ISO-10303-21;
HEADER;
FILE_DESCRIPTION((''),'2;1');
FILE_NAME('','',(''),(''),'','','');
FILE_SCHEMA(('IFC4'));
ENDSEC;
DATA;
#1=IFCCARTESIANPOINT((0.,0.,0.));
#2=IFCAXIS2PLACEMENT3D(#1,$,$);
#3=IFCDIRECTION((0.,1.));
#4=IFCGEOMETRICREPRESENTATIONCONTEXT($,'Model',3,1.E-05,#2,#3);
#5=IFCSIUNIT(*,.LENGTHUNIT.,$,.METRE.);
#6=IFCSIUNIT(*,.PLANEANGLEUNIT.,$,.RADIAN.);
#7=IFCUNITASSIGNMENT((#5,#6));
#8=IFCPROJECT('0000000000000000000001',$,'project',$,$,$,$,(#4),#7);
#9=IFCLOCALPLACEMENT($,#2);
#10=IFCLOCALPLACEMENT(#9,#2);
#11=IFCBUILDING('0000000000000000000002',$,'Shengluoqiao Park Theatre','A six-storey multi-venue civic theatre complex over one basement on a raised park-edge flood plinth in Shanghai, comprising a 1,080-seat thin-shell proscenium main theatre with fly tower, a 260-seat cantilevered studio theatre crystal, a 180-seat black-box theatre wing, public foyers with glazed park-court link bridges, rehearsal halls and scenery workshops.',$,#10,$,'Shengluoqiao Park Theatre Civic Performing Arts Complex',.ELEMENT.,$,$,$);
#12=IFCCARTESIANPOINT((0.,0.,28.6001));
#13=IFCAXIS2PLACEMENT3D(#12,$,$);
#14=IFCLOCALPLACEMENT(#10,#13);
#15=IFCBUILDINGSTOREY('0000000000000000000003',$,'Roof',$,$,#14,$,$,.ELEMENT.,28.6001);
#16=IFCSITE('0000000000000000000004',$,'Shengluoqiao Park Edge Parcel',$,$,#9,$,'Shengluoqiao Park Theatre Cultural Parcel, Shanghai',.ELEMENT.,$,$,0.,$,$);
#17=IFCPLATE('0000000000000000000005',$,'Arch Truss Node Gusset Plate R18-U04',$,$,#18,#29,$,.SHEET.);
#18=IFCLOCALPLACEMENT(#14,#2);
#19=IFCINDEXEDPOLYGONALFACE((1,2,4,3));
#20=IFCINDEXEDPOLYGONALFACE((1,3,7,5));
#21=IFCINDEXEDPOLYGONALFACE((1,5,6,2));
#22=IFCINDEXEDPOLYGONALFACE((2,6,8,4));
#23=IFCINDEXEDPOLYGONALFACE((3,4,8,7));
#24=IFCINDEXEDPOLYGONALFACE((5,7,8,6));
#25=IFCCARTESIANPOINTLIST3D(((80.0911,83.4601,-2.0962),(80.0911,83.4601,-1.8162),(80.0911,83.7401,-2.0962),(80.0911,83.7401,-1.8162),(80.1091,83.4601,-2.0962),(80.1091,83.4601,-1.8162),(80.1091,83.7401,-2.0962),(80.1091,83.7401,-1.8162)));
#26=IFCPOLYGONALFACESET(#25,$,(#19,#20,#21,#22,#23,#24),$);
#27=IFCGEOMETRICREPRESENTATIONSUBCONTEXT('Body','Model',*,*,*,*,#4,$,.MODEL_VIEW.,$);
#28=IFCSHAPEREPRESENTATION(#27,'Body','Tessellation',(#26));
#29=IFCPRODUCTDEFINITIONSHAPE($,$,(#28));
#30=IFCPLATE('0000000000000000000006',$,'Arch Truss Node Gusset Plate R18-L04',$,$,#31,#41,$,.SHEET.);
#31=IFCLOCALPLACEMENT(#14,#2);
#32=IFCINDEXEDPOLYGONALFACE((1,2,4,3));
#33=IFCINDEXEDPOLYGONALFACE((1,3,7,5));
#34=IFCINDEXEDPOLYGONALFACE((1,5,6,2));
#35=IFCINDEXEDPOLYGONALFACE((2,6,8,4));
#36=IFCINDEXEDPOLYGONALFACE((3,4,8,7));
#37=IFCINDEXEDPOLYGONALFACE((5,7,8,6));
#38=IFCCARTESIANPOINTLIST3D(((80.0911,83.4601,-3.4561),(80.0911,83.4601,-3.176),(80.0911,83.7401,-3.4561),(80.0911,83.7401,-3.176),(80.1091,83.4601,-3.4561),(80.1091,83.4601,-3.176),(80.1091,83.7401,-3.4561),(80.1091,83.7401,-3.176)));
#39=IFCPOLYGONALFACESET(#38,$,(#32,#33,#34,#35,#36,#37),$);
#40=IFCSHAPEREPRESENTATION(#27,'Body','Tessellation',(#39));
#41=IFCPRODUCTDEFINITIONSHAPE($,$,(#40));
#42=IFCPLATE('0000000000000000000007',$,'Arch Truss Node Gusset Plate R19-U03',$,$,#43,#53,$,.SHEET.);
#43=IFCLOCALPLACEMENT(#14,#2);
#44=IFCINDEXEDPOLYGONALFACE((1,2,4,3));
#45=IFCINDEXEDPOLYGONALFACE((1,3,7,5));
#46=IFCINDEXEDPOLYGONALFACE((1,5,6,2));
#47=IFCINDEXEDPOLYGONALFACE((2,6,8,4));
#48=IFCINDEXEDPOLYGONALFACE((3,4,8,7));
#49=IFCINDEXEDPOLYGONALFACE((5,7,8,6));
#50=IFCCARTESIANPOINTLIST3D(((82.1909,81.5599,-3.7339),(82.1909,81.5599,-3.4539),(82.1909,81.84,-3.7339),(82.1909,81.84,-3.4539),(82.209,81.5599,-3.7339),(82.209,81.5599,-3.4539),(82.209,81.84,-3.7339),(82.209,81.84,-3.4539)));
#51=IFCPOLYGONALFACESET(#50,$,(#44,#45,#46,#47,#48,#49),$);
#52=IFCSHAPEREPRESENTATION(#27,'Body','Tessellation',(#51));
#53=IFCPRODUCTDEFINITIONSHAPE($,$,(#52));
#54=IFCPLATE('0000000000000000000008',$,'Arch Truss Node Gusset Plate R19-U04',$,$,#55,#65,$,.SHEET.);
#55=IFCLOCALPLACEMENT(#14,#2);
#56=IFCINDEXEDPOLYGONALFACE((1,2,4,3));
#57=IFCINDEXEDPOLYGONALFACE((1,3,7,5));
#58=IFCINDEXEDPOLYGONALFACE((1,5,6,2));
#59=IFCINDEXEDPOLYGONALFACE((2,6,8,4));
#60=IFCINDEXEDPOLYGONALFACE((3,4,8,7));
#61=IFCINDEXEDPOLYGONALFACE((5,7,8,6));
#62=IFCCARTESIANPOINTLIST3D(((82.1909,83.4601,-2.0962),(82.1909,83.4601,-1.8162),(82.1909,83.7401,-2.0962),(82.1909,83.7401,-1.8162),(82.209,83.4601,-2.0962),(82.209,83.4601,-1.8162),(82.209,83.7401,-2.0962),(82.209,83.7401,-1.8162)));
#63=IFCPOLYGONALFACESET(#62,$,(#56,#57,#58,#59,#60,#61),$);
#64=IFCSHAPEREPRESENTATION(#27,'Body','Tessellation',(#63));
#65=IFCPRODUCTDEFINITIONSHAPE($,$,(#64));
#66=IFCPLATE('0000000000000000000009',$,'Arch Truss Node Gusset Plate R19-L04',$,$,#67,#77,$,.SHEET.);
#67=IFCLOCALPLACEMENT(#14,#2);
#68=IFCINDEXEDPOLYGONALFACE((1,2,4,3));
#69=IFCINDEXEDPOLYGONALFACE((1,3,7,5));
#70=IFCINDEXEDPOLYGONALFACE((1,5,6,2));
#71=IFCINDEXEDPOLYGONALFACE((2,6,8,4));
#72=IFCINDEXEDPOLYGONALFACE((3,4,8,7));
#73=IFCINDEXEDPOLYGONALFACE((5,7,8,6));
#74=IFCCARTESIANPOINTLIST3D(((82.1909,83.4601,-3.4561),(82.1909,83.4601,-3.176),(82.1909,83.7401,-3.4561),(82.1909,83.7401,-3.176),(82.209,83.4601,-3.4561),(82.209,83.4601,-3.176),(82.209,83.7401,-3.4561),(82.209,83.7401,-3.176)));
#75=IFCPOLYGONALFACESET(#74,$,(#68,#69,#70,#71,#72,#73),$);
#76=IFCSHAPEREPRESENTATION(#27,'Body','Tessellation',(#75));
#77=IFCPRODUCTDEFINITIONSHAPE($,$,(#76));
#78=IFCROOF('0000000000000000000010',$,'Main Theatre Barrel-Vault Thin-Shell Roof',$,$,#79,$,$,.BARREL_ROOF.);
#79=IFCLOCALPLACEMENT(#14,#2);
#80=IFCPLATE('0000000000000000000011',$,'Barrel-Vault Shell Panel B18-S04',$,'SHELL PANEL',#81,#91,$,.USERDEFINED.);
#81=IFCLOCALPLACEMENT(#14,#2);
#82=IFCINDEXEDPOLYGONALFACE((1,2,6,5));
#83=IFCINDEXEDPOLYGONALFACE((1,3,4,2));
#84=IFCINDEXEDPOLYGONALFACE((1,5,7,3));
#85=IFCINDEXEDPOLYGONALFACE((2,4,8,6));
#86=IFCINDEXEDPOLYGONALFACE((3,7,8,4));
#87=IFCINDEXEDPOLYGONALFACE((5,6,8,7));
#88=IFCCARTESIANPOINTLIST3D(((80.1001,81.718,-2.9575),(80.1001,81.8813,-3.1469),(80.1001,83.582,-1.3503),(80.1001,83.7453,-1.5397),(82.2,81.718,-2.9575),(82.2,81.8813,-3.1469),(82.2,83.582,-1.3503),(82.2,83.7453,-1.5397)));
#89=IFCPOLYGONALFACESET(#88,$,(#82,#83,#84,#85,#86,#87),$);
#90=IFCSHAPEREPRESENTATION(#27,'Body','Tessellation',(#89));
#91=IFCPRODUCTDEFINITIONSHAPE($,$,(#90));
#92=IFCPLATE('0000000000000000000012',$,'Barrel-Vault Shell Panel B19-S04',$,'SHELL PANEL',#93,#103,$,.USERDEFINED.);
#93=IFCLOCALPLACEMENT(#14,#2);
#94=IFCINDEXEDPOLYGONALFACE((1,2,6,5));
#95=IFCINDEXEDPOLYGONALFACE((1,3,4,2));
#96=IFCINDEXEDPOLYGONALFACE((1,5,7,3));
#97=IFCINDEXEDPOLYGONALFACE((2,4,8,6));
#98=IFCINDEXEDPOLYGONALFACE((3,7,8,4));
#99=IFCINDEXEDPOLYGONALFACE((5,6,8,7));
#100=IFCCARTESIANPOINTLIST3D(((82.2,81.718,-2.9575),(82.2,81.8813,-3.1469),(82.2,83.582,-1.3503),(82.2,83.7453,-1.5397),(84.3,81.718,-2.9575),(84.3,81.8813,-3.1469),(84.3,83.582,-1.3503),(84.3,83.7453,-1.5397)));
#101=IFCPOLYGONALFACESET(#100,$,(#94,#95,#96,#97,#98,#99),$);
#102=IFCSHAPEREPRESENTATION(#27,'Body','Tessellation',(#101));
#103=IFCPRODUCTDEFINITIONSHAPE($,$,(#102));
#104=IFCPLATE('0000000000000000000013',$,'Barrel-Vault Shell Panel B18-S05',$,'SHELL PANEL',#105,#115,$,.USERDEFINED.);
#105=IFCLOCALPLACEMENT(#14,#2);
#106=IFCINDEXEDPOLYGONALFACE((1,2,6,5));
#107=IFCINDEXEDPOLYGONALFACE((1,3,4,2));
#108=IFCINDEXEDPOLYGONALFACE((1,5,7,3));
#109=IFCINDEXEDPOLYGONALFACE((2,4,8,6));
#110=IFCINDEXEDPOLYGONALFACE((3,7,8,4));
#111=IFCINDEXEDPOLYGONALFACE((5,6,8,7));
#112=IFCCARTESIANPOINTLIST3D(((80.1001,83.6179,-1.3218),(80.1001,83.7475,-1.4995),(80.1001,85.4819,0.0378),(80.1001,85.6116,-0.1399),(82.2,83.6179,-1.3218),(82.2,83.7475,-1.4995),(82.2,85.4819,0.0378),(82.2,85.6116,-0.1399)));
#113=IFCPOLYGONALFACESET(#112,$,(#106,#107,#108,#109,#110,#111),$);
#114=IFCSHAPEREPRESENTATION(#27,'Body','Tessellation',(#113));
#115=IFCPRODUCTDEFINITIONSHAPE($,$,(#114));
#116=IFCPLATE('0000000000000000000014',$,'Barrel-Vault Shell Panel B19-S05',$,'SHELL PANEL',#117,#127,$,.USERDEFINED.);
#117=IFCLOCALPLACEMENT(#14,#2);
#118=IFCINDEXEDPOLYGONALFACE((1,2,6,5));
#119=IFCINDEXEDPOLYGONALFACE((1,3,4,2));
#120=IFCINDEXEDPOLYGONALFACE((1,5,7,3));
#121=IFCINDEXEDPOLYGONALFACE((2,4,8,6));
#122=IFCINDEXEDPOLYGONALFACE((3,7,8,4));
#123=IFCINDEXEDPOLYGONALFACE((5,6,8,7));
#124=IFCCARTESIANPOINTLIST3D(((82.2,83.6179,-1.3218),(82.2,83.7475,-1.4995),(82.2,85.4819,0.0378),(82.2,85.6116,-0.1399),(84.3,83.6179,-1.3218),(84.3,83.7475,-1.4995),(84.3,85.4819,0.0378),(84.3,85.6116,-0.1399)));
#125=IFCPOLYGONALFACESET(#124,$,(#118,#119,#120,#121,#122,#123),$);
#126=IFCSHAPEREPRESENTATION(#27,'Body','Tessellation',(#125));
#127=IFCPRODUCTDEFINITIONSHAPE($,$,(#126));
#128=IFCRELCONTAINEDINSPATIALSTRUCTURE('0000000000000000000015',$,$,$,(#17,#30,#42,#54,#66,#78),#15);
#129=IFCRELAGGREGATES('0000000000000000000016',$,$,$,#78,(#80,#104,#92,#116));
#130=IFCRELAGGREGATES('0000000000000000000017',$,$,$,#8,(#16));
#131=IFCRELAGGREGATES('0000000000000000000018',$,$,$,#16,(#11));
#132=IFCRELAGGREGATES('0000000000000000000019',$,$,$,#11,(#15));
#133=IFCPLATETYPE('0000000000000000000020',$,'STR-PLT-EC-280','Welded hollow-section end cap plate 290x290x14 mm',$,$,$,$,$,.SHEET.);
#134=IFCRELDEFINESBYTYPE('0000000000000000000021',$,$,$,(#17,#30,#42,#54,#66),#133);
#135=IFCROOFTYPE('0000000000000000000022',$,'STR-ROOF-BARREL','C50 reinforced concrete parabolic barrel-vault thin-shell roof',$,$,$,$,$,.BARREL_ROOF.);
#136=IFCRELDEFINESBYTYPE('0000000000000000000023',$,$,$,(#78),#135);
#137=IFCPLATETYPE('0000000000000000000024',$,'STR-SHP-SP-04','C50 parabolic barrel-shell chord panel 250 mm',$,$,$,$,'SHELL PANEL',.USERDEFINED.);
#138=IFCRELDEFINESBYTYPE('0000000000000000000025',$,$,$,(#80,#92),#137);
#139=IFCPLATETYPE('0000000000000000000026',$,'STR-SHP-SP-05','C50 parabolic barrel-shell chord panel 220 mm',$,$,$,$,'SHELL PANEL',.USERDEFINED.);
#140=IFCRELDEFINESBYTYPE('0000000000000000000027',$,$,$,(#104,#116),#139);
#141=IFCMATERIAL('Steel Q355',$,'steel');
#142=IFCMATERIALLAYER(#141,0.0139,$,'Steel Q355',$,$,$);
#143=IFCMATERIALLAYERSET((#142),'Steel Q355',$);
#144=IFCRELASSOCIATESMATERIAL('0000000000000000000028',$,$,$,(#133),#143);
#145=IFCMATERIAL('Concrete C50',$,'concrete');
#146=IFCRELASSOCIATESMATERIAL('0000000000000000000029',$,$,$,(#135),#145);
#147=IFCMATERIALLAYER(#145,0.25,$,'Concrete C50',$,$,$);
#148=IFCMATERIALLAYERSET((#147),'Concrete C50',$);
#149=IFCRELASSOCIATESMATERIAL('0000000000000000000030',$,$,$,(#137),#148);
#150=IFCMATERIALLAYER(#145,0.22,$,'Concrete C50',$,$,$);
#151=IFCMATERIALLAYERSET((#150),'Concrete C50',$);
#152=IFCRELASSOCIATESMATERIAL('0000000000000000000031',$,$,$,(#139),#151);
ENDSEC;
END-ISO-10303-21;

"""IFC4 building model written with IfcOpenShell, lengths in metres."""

from ifc_helpers import new_model, si_unit, direction, frame, origin, origin_2d, place, context, subcontext, project, spatial, polyline, rectangle, outline, extrude, material, layer, layer_set, type_object, element, aggregate, save


model = new_model("IFC4")

# Units and contexts
model_context = context("Model", 3, precision=1e-05, world=origin(), true_north=direction((0.0, 1.0)))
body_context = subcontext(model_context, "Body", "Model", "MODEL_VIEW")
ifc_project = project(units=[si_unit("LENGTHUNIT", "METRE"), si_unit("PLANEANGLEUNIT", "RADIAN")], contexts=[model_context])

# Site, building, storey
site_placement = place(None, origin())
site = spatial("IfcSite", under=ifc_project, at=site_placement, Name="Shengluoqiao Park Edge Parcel", LongName="Shengluoqiao Park Theatre Cultural Parcel, Shanghai", CompositionType="ELEMENT", RefElevation=0.0)
building_placement = place(site_placement, origin())
building = spatial("IfcBuilding", under=site, at=building_placement, Name="Shengluoqiao Park Theatre", Description="A six-storey multi-venue civic theatre complex over one basement on a raised park-edge flood plinth in Shanghai, comprising a 1,080-seat thin-shell proscenium main theatre with fly tower, a 260-seat cantilevered studio theatre crystal, a 180-seat black-box theatre wing, public foyers with glazed park-court link bridges, rehearsal halls and scenery workshops.", LongName="Shengluoqiao Park Theatre Civic Performing Arts Complex", CompositionType="ELEMENT")
storey_placement = place(building_placement, frame((0.0, 0.0, 28.6001)))
storey = spatial("IfcBuildingStorey", under=building, at=storey_placement, Name="Roof", CompositionType="ELEMENT", Elevation=28.6001)

# Shared definitions
ifc_material_1 = material(Name="Concrete C50", Category="concrete")
ifc_material_2 = material(Name="Steel Q355", Category="steel")

# Plates
ifc_layer_1 = layer(ifc_material_2, 0.0139, Name="Steel Q355")
ifc_layer_set_1 = layer_set([ifc_layer_1], Name="Steel Q355")
plate_type_1 = type_object("IfcPlateType", Name="STR-PLT-EC-280", Description="Welded hollow-section end cap plate 290x290x14 mm", PredefinedType="SHEET", material=ifc_layer_set_1)
for number, where, z_axis, x_axis, name in (
    (1, (80.1001, 83.6001, -2.0962), (0.0, 0.0, 1.0), (1.0, 0.0, 0.0), "Arch Truss Node Gusset Plate R18-U04"),
    (2, (80.1001, 83.6001, -3.4561), (0.0, 0.0, 1.0), (1.0, 0.0, 0.0), "Arch Truss Node Gusset Plate R18-L04"),
    (3, (82.2, 81.7, -3.7339), (0.0, 0.0, 1.0), (1.0, 0.0, 0.0), "Arch Truss Node Gusset Plate R19-U03"),
    (4, (82.2, 83.6001, -2.0962), (0.0, 0.0, 1.0), (1.0, 0.0, 0.0), "Arch Truss Node Gusset Plate R19-U04"),
    (5, (82.2, 83.6001, -3.4561), (0.0, 0.0, 1.0), (1.0, 0.0, 0.0), "Arch Truss Node Gusset Plate R19-L04"),
):
    element("IfcPlate", number, at=place(storey_placement, frame(where, z_axis=z_axis, x_axis=x_axis)), inside=storey, type_object=plate_type_1, Name=name, PredefinedType="SHEET", context=body_context, shape_type="SweptSolid", body=[
        extrude(rectangle(XDim=0.0181, YDim=0.28, at=origin_2d()), origin(), (0.0, 0.0, 1.0), 0.28),
    ])

# Roof, plates
roof_type = type_object("IfcRoofType", Name="STR-ROOF-BARREL", Description="C50 reinforced concrete parabolic barrel-vault thin-shell roof", PredefinedType="BARREL_ROOF", material=ifc_material_1)
roof_placement = place(storey_placement, origin())
roof = element("IfcRoof", 6, at=roof_placement, inside=storey, type_object=roof_type, Name="Main Theatre Barrel-Vault Thin-Shell Roof", PredefinedType="BARREL_ROOF")
ifc_layer_2 = layer(ifc_material_1, 0.25, Name="Concrete C50")
ifc_layer_set_2 = layer_set([ifc_layer_2], Name="Concrete C50")
plate_type_2 = type_object("IfcPlateType", Name="STR-SHP-SP-04", Description="C50 parabolic barrel-shell chord panel 250 mm", ElementType="SHELL PANEL", PredefinedType="USERDEFINED", material=ifc_layer_set_2)
plate_1_placement = place(storey_placement, frame((80.1001, 81.718, -2.9575), z_axis=(0.0, -0.653002, 0.757356), x_axis=(1.0, 0.0, 0.0)))
plate_1 = element("IfcPlate", 7, at=plate_1_placement, type_object=plate_type_2, Name="Barrel-Vault Shell Panel B18-S04", ObjectType="SHELL PANEL", PredefinedType="USERDEFINED", context=body_context, shape_type="SweptSolid", body=[
    extrude(outline(polyline([(0.0, 0.0), (2.0999, 0.0), (2.0999, 2.4612), (0.0, 2.4612), (0.0, 0.0)])), origin(), (0.0, 0.0, -1.0), 0.25),
])
plate_2_placement = place(storey_placement, frame((82.2, 81.718, -2.9575), z_axis=(0.0, -0.653002, 0.757356), x_axis=(1.0, 0.0, 0.0)))
plate_2 = element("IfcPlate", 8, at=plate_2_placement, type_object=plate_type_2, Name="Barrel-Vault Shell Panel B19-S04", ObjectType="SHELL PANEL", PredefinedType="USERDEFINED", context=body_context, shape_type="SweptSolid", body=[
    extrude(outline(polyline([(0.0, 0.0), (2.1001, 0.0), (2.1001, 2.4612), (0.0, 2.4612), (0.0, 0.0)])), origin(), (0.0, 0.0, -1.0), 0.25),
])
ifc_layer_3 = layer(ifc_material_1, 0.22, Name="Concrete C50")
ifc_layer_set_3 = layer_set([ifc_layer_3], Name="Concrete C50")
plate_type_3 = type_object("IfcPlateType", Name="STR-SHP-SP-05", Description="C50 parabolic barrel-shell chord panel 220 mm", ElementType="SHELL PANEL", PredefinedType="USERDEFINED", material=ifc_layer_set_3)
plate_3_placement = place(storey_placement, frame((80.1001, 83.6179, -1.3218), z_axis=(0.0, -0.589297, 0.807916), x_axis=(1.0, 0.0, 0.0)))
plate_3 = element("IfcPlate", 9, at=plate_3_placement, type_object=plate_type_3, Name="Barrel-Vault Shell Panel B18-S05", ObjectType="SHELL PANEL", PredefinedType="USERDEFINED", context=body_context, shape_type="SweptSolid", body=[
    extrude(outline(polyline([(0.0, 0.0), (2.0999, 0.0), (2.0999, 2.3072), (0.0, 2.3072), (0.0, 0.0)])), origin(), (0.0, 0.0, -1.0), 0.22),
])
plate_4_placement = place(storey_placement, frame((82.2, 83.6179, -1.3218), z_axis=(0.0, -0.589297, 0.807916), x_axis=(1.0, 0.0, 0.0)))
plate_4 = element("IfcPlate", 10, at=plate_4_placement, type_object=plate_type_3, Name="Barrel-Vault Shell Panel B19-S05", ObjectType="SHELL PANEL", PredefinedType="USERDEFINED", context=body_context, shape_type="SweptSolid", body=[
    extrude(outline(polyline([(0.0, 0.0), (2.1001, 0.0), (2.1001, 2.3072), (0.0, 2.3072), (0.0, 0.0)])), origin(), (0.0, 0.0, -1.0), 0.22),
])
aggregate(roof, [plate_1, plate_3, plate_2, plate_4])

save(model, "model.ifc")
